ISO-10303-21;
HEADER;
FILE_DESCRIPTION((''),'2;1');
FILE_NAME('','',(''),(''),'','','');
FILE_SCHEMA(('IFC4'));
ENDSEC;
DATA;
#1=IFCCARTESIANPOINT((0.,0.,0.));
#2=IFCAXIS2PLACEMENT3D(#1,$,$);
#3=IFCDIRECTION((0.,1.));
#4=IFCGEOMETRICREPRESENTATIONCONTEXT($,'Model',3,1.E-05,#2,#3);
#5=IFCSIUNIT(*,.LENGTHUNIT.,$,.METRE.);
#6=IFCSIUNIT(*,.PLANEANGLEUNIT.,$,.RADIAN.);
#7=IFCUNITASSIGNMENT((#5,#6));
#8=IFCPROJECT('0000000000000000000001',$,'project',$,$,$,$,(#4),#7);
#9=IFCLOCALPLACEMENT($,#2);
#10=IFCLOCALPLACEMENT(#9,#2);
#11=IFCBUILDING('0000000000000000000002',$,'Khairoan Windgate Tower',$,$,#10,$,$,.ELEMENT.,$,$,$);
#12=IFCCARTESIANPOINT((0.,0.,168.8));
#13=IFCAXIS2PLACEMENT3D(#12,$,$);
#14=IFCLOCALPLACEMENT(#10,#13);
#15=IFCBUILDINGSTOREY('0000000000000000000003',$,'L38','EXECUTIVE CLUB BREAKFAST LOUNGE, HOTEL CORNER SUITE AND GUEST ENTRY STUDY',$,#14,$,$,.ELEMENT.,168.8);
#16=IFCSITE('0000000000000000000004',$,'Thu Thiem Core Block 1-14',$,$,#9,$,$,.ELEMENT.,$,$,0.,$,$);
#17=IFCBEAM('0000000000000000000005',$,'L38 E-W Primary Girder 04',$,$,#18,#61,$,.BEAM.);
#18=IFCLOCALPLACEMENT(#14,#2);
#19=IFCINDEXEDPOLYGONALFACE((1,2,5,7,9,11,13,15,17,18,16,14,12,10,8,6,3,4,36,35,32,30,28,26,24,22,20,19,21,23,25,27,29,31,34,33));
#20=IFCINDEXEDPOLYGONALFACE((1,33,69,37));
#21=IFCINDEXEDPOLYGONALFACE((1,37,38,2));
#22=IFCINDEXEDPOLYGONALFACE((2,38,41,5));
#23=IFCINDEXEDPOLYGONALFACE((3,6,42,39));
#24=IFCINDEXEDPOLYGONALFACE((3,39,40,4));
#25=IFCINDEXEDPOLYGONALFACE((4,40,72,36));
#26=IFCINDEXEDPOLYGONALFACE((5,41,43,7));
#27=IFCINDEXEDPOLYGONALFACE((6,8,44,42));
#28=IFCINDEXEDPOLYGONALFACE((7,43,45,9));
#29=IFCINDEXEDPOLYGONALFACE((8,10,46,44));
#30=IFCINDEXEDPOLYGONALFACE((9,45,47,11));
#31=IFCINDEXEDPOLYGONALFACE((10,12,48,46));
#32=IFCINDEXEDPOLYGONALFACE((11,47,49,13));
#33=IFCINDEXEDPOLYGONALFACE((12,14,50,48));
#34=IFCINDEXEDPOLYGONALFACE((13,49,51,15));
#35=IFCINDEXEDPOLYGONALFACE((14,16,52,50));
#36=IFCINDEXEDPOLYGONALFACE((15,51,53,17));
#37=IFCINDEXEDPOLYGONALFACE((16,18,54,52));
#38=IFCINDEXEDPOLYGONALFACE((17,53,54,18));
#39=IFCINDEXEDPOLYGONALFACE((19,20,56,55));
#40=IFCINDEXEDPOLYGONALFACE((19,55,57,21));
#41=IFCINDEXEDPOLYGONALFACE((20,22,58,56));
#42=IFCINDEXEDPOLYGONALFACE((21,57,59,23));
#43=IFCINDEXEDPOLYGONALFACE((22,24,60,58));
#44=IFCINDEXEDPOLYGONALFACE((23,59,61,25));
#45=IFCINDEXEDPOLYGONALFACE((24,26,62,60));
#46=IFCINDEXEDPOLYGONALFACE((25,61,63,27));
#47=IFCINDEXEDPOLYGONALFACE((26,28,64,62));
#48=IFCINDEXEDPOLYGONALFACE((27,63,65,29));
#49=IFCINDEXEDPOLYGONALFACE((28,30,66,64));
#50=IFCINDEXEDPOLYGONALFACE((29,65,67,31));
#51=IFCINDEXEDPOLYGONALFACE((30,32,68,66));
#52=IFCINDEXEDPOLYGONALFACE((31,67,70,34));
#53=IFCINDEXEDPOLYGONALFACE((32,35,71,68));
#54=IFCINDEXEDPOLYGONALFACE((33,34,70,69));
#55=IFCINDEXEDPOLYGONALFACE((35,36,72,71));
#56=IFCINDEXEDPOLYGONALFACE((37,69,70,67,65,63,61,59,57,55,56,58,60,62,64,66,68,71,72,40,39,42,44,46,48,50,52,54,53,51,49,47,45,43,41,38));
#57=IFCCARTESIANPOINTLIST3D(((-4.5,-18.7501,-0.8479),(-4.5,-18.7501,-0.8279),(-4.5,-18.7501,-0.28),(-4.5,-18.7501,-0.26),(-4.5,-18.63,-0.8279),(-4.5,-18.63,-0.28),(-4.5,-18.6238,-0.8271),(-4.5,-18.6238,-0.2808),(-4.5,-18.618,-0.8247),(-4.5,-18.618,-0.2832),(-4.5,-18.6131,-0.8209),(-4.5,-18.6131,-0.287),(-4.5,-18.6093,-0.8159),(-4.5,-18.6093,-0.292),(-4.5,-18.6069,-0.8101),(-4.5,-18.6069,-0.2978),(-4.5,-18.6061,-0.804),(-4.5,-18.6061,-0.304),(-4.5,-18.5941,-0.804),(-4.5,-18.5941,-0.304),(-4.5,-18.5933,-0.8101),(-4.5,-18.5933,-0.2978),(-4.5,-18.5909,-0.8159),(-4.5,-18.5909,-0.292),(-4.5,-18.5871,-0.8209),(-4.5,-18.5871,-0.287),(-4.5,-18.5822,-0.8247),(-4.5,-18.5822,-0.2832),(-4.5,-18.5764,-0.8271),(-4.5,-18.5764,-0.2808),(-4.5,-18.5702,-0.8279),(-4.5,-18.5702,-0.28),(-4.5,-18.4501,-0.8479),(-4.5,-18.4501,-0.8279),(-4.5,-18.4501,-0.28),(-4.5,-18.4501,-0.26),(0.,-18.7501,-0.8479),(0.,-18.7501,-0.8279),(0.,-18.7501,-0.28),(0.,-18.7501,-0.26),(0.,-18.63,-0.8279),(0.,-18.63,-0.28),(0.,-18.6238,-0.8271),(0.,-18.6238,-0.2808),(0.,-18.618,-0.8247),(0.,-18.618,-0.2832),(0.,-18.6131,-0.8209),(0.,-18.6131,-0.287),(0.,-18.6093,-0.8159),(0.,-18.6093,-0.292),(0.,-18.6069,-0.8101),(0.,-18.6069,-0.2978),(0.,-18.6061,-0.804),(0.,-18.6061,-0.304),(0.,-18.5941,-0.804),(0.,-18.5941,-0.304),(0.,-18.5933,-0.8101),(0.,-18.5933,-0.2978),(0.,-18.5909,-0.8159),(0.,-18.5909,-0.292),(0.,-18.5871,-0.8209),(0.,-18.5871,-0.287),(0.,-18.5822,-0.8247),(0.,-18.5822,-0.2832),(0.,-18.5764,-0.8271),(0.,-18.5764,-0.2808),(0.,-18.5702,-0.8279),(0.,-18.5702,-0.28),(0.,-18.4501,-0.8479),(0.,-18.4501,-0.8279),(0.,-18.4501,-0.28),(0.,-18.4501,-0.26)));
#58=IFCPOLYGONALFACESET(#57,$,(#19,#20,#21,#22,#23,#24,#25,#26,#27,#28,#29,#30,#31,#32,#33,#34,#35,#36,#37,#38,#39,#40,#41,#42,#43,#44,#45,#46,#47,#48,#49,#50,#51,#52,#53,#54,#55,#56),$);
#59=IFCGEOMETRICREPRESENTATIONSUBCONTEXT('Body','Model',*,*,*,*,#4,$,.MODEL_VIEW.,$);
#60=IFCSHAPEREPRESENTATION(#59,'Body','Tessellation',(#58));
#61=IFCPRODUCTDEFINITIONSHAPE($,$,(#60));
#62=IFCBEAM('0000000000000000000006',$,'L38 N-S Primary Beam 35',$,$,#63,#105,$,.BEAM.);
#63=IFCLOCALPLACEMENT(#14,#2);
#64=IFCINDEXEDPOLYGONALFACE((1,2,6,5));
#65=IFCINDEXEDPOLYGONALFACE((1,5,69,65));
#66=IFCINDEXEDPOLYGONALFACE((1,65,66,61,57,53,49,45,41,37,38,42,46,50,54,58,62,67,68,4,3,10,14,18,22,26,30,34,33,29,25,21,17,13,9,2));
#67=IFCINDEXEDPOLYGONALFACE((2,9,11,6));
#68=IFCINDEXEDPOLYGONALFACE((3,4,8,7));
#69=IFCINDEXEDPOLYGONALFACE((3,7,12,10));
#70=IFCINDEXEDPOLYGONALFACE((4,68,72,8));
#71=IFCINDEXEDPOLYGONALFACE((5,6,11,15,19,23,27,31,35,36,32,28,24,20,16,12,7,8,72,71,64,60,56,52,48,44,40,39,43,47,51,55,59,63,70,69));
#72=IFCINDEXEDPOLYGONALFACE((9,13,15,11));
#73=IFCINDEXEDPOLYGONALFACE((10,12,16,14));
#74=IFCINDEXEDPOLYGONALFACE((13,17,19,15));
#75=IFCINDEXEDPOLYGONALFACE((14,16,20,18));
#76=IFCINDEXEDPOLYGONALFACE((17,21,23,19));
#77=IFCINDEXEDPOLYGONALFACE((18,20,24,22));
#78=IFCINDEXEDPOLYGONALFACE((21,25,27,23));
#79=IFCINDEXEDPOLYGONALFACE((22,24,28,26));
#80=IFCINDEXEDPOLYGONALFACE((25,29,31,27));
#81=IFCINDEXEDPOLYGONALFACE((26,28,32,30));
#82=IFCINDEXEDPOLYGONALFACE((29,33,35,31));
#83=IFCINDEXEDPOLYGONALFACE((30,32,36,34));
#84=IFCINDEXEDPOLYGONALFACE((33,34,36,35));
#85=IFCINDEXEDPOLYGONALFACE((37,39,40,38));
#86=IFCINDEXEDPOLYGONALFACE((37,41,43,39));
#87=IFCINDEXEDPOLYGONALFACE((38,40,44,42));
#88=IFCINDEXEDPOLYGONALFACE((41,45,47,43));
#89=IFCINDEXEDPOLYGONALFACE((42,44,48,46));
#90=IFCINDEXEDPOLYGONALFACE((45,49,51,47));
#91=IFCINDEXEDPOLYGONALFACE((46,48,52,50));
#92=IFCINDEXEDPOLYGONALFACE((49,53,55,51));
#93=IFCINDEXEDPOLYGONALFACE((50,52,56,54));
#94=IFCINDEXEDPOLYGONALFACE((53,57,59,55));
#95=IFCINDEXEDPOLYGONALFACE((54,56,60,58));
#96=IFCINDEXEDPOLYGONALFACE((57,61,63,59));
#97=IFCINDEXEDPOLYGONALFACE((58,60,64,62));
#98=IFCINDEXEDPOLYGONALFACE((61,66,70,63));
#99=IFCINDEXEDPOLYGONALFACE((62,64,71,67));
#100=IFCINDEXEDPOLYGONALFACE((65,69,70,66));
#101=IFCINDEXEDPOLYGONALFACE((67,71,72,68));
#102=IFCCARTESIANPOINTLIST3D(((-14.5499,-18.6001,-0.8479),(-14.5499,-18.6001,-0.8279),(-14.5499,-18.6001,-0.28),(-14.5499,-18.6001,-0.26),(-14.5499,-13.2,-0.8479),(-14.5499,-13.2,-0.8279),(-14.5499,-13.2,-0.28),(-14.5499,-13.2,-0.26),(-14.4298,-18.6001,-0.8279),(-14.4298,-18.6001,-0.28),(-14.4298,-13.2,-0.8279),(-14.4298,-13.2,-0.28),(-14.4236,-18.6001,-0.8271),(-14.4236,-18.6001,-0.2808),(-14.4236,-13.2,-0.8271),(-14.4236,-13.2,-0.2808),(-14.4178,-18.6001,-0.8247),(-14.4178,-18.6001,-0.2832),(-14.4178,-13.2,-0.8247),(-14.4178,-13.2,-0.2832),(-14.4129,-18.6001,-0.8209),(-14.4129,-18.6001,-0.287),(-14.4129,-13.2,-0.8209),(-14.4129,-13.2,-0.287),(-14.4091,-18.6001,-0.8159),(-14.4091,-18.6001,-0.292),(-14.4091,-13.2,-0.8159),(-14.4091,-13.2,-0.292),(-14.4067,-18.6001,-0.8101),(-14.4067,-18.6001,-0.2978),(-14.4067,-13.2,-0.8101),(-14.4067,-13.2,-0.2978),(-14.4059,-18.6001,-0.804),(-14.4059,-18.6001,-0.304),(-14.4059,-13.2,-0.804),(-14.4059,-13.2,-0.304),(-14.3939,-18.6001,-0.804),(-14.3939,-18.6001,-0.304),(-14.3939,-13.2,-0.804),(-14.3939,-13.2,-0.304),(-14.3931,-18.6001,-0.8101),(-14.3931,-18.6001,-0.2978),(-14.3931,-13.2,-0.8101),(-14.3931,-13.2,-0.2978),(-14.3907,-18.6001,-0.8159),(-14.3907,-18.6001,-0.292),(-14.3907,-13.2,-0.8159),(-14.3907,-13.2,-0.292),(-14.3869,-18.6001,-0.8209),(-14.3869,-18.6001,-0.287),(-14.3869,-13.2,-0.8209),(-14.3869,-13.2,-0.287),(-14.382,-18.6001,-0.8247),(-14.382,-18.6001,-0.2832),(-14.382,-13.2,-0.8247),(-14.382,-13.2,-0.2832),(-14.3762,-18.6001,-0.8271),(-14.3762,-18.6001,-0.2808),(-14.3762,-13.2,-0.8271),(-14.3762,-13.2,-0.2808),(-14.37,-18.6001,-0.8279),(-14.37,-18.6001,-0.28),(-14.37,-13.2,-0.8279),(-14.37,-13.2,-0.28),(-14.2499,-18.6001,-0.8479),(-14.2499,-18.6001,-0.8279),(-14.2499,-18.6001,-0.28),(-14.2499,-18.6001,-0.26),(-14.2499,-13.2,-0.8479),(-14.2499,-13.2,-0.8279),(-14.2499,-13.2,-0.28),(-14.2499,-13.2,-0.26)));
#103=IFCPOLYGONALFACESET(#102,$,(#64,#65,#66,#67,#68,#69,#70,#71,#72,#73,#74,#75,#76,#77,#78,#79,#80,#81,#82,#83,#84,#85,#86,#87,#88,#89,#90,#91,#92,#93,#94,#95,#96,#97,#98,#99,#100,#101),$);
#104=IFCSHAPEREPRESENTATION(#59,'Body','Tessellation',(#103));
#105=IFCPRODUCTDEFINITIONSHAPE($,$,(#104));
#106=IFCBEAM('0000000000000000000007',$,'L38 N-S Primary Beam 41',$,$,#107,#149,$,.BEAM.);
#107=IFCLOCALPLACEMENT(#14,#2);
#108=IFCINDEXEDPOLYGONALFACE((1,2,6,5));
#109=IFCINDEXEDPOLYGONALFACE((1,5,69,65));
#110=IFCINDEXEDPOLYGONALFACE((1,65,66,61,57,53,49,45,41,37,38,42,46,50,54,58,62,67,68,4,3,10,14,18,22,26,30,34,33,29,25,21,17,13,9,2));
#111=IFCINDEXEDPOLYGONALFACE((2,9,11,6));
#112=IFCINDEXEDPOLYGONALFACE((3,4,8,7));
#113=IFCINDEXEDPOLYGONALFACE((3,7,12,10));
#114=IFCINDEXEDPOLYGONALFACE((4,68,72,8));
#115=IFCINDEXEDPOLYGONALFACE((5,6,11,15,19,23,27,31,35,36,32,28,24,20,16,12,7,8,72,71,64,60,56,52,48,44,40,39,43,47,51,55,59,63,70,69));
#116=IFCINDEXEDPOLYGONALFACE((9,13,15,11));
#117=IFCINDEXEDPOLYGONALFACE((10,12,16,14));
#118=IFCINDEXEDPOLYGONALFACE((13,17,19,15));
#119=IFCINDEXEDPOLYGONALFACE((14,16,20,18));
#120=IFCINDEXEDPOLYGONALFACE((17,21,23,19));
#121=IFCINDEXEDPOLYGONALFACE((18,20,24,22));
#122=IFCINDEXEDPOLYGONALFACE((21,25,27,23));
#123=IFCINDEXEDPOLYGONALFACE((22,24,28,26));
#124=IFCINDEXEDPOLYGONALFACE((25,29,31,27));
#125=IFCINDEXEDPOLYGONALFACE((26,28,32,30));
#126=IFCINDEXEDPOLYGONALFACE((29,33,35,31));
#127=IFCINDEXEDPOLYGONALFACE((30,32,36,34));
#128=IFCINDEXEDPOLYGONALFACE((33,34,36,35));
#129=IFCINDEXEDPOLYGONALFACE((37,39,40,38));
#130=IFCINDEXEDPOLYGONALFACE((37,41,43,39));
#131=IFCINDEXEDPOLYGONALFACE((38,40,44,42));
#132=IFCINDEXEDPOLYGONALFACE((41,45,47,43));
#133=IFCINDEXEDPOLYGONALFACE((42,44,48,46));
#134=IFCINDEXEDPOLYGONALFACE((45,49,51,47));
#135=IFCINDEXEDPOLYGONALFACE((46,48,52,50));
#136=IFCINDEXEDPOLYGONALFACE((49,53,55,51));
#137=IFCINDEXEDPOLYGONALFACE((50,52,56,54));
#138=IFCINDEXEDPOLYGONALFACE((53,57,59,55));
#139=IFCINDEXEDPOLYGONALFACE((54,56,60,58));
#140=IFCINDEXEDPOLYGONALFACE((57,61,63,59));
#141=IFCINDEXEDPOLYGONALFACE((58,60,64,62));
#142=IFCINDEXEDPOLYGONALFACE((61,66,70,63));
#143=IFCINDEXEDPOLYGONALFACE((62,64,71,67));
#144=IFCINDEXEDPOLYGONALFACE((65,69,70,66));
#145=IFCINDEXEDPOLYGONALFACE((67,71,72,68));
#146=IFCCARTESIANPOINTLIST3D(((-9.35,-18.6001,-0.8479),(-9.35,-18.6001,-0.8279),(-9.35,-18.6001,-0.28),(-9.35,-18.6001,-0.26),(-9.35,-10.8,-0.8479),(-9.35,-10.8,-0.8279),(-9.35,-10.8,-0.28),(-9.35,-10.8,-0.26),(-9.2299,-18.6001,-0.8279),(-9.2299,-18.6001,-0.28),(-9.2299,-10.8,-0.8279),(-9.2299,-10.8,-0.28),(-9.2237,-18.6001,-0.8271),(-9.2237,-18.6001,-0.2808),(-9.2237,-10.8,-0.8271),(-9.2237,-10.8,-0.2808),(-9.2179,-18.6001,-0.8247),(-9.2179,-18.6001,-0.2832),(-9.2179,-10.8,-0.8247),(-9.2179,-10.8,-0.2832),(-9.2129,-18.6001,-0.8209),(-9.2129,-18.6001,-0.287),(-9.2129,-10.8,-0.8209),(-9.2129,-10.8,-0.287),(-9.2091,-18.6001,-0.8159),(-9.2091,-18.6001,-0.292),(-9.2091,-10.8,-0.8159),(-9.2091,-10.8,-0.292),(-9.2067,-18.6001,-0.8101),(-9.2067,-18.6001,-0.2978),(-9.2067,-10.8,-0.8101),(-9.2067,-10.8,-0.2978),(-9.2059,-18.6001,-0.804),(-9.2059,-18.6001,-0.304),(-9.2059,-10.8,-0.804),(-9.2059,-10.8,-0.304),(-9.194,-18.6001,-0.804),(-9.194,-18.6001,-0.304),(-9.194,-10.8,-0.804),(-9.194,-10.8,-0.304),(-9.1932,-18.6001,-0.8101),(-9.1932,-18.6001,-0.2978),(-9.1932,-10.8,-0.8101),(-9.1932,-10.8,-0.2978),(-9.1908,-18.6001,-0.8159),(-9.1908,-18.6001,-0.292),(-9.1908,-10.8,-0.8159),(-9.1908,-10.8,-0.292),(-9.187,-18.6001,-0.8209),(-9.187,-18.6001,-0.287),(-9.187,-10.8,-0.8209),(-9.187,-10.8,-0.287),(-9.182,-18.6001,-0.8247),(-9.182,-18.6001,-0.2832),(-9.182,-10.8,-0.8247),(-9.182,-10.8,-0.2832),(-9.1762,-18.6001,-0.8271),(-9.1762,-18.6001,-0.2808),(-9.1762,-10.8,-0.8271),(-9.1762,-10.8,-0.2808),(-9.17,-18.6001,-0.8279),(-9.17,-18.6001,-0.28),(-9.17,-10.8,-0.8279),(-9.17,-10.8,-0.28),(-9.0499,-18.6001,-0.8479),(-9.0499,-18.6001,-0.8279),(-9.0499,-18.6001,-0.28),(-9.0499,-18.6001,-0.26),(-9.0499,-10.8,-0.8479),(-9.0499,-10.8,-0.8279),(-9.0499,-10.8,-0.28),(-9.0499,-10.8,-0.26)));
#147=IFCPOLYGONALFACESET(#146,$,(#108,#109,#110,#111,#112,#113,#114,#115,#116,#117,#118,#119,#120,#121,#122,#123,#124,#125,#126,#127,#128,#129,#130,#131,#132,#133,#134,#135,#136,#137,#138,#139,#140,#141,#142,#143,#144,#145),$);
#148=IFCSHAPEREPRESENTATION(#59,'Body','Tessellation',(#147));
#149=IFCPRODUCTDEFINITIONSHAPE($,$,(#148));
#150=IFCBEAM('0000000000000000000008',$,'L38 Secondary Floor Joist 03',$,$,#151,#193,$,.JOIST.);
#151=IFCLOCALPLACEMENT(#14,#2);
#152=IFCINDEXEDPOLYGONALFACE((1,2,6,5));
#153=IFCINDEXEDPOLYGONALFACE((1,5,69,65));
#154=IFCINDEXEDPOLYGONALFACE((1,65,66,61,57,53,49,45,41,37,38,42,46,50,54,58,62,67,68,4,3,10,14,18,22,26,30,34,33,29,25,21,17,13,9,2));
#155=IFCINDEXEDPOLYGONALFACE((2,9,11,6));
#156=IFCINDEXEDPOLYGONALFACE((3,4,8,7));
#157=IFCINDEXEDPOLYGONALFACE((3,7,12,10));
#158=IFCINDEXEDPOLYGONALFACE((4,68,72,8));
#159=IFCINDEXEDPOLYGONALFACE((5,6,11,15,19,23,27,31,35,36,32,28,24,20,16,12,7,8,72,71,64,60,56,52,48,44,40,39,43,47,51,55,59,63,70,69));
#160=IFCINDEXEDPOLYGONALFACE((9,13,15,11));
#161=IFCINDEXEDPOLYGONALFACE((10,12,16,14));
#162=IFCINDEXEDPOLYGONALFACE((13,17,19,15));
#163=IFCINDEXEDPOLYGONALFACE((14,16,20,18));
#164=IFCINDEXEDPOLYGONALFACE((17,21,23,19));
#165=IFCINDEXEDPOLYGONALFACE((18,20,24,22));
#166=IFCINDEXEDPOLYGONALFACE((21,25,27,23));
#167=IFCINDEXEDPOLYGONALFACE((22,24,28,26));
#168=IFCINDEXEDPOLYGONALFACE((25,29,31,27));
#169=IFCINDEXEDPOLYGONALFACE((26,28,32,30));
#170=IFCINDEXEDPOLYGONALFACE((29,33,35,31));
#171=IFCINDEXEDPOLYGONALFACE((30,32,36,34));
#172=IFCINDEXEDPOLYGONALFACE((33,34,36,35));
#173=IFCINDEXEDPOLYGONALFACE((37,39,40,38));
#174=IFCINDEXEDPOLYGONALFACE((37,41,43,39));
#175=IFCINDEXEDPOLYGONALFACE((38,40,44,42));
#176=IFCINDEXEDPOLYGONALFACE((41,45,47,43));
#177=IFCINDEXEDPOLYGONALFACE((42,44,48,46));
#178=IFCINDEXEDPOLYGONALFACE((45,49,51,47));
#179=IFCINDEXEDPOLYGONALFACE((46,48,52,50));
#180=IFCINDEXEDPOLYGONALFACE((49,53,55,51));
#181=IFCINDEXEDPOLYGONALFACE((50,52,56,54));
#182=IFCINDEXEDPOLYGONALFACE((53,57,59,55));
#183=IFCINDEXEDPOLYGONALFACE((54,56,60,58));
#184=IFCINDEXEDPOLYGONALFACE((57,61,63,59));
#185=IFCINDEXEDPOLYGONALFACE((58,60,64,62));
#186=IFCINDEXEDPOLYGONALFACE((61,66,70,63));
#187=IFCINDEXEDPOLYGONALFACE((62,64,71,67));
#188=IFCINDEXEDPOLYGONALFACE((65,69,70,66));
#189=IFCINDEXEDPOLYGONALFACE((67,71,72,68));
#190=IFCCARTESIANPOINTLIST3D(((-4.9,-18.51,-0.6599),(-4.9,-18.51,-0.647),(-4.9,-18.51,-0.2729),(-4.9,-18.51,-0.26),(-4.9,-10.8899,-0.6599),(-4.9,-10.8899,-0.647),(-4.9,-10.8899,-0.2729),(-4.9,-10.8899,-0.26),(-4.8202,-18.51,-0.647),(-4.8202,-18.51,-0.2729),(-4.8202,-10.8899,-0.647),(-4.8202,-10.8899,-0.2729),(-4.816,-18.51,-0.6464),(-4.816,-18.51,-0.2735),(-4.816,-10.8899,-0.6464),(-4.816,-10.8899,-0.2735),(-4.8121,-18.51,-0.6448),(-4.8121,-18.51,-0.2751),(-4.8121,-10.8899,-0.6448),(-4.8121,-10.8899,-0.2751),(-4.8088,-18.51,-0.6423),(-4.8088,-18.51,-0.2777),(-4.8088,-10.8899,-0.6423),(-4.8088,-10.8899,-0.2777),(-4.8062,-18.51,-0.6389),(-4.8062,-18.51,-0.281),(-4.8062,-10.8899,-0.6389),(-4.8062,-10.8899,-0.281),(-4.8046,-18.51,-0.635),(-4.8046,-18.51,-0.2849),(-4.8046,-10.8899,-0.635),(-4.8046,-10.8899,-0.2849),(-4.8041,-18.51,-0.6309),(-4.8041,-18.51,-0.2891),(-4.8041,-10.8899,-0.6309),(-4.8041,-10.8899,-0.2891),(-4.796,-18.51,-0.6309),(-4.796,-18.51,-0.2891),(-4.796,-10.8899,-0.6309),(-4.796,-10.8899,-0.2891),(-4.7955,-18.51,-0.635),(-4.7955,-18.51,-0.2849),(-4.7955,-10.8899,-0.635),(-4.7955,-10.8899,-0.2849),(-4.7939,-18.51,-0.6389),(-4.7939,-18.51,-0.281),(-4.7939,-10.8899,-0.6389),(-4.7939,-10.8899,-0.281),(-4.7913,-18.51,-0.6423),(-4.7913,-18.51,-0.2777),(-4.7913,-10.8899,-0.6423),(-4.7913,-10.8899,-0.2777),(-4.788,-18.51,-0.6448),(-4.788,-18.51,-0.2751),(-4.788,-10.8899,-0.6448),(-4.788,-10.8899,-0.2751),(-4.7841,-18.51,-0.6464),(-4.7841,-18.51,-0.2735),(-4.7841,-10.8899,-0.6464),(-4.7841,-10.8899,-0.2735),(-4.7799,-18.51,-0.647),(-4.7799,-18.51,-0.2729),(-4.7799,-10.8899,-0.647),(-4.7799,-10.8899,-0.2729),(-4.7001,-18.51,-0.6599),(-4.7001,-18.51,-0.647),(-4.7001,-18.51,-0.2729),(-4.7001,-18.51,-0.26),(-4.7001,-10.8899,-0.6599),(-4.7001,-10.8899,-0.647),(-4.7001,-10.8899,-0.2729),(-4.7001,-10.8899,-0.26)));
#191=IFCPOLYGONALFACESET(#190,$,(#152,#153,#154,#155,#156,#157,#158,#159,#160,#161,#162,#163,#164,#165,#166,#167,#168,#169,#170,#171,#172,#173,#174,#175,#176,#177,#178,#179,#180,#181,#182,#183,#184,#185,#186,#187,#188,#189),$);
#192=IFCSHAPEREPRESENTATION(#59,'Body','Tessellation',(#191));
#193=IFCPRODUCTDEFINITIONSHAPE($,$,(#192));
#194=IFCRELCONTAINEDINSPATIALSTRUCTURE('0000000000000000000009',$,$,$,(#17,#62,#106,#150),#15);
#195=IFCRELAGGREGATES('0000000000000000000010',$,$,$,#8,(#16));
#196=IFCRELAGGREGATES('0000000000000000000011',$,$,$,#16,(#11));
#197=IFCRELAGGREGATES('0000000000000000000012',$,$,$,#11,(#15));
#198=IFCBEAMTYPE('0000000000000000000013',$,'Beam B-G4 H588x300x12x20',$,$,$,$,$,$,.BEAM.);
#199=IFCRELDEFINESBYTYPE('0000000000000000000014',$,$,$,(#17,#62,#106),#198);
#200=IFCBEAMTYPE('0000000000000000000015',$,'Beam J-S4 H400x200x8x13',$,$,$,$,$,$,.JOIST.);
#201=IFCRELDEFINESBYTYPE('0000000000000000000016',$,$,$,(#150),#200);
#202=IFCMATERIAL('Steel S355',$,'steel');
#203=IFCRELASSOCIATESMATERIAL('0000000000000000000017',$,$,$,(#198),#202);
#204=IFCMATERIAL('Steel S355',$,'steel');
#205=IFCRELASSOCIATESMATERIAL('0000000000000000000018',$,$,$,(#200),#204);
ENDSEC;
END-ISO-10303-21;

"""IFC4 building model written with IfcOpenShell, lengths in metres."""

from ifc_helpers import new_model, si_unit, direction, frame, origin, origin_2d, place, context, subcontext, project, spatial, i_section, extrude, material, material_profile, profile_set, type_object, element, save


model = new_model("IFC4")

# Units and contexts
model_context = context("Model", 3, precision=1e-05, world=origin(), true_north=direction((0.0, 1.0)))
body_context = subcontext(model_context, "Body", "Model", "MODEL_VIEW")
ifc_project = project(units=[si_unit("LENGTHUNIT", "METRE"), si_unit("PLANEANGLEUNIT", "RADIAN")], contexts=[model_context])

# Site, building, storey
site_placement = place(None, origin())
site = spatial("IfcSite", under=ifc_project, at=site_placement, Name="Thu Thiem Core Block 1-14", CompositionType="ELEMENT", RefElevation=0.0)
building_placement = place(site_placement, origin())
building = spatial("IfcBuilding", under=site, at=building_placement, Name="Khairoan Windgate Tower", CompositionType="ELEMENT")
storey_placement = place(building_placement, frame((0.0, 0.0, 168.8)))
storey = spatial("IfcBuildingStorey", under=building, at=storey_placement, Name="L38", Description="EXECUTIVE CLUB BREAKFAST LOUNGE, HOTEL CORNER SUITE AND GUEST ENTRY STUDY", CompositionType="ELEMENT", Elevation=168.8)

# Beams
ifc_material_1 = material(Name="Steel S355", Category="steel")
ifc_material_profile_1 = material_profile(ifc_material_1, i_section(OverallWidth=0.3, OverallDepth=0.5879, WebThickness=0.012, FlangeThickness=0.02, FilletRadius=0.0239, at=origin_2d()))
ifc_profile_set_1 = profile_set([ifc_material_profile_1], Name="Steel S355")
beam_type_1 = type_object("IfcBeamType", Name="Beam B-G4 H588x300x12x20", PredefinedType="BEAM", material=ifc_profile_set_1)
beam_1_placement = place(storey_placement, frame((-4.5, -18.6001, -0.554), z_axis=(1.0, 0.0, 0.0), x_axis=(0.0, 1.0, 0.0)))
element("IfcBeam", 1, at=beam_1_placement, inside=storey, type_object=beam_type_1, Name="L38 E-W Primary Girder 04", PredefinedType="BEAM", context=body_context, shape_type="SweptSolid", body=[
    extrude(i_section(OverallWidth=0.3, OverallDepth=0.5879, WebThickness=0.012, FlangeThickness=0.02, FilletRadius=0.0239, at=origin_2d()), origin(), (0.0, 0.0, 1.0), 4.5),
])
beam_2_placement = place(storey_placement, frame((-14.3999, -18.6001, -0.554), z_axis=(0.0, 1.0, 0.0), x_axis=(-1.0, 0.0, 0.0)))
element("IfcBeam", 2, at=beam_2_placement, inside=storey, type_object=beam_type_1, Name="L38 N-S Primary Beam 35", PredefinedType="BEAM", context=body_context, shape_type="SweptSolid", body=[
    extrude(i_section(OverallWidth=0.3, OverallDepth=0.5879, WebThickness=0.012, FlangeThickness=0.02, FilletRadius=0.0239, at=origin_2d()), origin(), (0.0, 0.0, 1.0), 5.4001),
])
beam_3_placement = place(storey_placement, frame((-9.2, -18.6001, -0.554), z_axis=(0.0, 1.0, 0.0), x_axis=(-1.0, 0.0, 0.0)))
element("IfcBeam", 3, at=beam_3_placement, inside=storey, type_object=beam_type_1, Name="L38 N-S Primary Beam 41", PredefinedType="BEAM", context=body_context, shape_type="SweptSolid", body=[
    extrude(i_section(OverallWidth=0.3, OverallDepth=0.5879, WebThickness=0.012, FlangeThickness=0.02, FilletRadius=0.0239, at=origin_2d()), origin(), (0.0, 0.0, 1.0), 7.8),
])
ifc_material_2 = material(Name="Steel S355", Category="steel")
ifc_material_profile_2 = material_profile(ifc_material_2, i_section(OverallWidth=0.2, OverallDepth=0.3999, WebThickness=0.0081, FlangeThickness=0.0129, FilletRadius=0.0161, at=origin_2d()))
ifc_profile_set_2 = profile_set([ifc_material_profile_2], Name="Steel S355")
beam_type_2 = type_object("IfcBeamType", Name="Beam J-S4 H400x200x8x13", PredefinedType="JOIST", material=ifc_profile_set_2)
beam_4_placement = place(storey_placement, frame((-4.8, -18.51, -0.46), z_axis=(0.0, 1.0, 0.0), x_axis=(-1.0, 0.0, 0.0)))
element("IfcBeam", 4, at=beam_4_placement, inside=storey, type_object=beam_type_2, Name="L38 Secondary Floor Joist 03", PredefinedType="JOIST", context=body_context, shape_type="SweptSolid", body=[
    extrude(i_section(OverallWidth=0.2, OverallDepth=0.3999, WebThickness=0.0081, FlangeThickness=0.0129, FilletRadius=0.0161, at=origin_2d()), origin(), (0.0, 0.0, 1.0), 7.6201),
])

save(model, "model.ifc")
